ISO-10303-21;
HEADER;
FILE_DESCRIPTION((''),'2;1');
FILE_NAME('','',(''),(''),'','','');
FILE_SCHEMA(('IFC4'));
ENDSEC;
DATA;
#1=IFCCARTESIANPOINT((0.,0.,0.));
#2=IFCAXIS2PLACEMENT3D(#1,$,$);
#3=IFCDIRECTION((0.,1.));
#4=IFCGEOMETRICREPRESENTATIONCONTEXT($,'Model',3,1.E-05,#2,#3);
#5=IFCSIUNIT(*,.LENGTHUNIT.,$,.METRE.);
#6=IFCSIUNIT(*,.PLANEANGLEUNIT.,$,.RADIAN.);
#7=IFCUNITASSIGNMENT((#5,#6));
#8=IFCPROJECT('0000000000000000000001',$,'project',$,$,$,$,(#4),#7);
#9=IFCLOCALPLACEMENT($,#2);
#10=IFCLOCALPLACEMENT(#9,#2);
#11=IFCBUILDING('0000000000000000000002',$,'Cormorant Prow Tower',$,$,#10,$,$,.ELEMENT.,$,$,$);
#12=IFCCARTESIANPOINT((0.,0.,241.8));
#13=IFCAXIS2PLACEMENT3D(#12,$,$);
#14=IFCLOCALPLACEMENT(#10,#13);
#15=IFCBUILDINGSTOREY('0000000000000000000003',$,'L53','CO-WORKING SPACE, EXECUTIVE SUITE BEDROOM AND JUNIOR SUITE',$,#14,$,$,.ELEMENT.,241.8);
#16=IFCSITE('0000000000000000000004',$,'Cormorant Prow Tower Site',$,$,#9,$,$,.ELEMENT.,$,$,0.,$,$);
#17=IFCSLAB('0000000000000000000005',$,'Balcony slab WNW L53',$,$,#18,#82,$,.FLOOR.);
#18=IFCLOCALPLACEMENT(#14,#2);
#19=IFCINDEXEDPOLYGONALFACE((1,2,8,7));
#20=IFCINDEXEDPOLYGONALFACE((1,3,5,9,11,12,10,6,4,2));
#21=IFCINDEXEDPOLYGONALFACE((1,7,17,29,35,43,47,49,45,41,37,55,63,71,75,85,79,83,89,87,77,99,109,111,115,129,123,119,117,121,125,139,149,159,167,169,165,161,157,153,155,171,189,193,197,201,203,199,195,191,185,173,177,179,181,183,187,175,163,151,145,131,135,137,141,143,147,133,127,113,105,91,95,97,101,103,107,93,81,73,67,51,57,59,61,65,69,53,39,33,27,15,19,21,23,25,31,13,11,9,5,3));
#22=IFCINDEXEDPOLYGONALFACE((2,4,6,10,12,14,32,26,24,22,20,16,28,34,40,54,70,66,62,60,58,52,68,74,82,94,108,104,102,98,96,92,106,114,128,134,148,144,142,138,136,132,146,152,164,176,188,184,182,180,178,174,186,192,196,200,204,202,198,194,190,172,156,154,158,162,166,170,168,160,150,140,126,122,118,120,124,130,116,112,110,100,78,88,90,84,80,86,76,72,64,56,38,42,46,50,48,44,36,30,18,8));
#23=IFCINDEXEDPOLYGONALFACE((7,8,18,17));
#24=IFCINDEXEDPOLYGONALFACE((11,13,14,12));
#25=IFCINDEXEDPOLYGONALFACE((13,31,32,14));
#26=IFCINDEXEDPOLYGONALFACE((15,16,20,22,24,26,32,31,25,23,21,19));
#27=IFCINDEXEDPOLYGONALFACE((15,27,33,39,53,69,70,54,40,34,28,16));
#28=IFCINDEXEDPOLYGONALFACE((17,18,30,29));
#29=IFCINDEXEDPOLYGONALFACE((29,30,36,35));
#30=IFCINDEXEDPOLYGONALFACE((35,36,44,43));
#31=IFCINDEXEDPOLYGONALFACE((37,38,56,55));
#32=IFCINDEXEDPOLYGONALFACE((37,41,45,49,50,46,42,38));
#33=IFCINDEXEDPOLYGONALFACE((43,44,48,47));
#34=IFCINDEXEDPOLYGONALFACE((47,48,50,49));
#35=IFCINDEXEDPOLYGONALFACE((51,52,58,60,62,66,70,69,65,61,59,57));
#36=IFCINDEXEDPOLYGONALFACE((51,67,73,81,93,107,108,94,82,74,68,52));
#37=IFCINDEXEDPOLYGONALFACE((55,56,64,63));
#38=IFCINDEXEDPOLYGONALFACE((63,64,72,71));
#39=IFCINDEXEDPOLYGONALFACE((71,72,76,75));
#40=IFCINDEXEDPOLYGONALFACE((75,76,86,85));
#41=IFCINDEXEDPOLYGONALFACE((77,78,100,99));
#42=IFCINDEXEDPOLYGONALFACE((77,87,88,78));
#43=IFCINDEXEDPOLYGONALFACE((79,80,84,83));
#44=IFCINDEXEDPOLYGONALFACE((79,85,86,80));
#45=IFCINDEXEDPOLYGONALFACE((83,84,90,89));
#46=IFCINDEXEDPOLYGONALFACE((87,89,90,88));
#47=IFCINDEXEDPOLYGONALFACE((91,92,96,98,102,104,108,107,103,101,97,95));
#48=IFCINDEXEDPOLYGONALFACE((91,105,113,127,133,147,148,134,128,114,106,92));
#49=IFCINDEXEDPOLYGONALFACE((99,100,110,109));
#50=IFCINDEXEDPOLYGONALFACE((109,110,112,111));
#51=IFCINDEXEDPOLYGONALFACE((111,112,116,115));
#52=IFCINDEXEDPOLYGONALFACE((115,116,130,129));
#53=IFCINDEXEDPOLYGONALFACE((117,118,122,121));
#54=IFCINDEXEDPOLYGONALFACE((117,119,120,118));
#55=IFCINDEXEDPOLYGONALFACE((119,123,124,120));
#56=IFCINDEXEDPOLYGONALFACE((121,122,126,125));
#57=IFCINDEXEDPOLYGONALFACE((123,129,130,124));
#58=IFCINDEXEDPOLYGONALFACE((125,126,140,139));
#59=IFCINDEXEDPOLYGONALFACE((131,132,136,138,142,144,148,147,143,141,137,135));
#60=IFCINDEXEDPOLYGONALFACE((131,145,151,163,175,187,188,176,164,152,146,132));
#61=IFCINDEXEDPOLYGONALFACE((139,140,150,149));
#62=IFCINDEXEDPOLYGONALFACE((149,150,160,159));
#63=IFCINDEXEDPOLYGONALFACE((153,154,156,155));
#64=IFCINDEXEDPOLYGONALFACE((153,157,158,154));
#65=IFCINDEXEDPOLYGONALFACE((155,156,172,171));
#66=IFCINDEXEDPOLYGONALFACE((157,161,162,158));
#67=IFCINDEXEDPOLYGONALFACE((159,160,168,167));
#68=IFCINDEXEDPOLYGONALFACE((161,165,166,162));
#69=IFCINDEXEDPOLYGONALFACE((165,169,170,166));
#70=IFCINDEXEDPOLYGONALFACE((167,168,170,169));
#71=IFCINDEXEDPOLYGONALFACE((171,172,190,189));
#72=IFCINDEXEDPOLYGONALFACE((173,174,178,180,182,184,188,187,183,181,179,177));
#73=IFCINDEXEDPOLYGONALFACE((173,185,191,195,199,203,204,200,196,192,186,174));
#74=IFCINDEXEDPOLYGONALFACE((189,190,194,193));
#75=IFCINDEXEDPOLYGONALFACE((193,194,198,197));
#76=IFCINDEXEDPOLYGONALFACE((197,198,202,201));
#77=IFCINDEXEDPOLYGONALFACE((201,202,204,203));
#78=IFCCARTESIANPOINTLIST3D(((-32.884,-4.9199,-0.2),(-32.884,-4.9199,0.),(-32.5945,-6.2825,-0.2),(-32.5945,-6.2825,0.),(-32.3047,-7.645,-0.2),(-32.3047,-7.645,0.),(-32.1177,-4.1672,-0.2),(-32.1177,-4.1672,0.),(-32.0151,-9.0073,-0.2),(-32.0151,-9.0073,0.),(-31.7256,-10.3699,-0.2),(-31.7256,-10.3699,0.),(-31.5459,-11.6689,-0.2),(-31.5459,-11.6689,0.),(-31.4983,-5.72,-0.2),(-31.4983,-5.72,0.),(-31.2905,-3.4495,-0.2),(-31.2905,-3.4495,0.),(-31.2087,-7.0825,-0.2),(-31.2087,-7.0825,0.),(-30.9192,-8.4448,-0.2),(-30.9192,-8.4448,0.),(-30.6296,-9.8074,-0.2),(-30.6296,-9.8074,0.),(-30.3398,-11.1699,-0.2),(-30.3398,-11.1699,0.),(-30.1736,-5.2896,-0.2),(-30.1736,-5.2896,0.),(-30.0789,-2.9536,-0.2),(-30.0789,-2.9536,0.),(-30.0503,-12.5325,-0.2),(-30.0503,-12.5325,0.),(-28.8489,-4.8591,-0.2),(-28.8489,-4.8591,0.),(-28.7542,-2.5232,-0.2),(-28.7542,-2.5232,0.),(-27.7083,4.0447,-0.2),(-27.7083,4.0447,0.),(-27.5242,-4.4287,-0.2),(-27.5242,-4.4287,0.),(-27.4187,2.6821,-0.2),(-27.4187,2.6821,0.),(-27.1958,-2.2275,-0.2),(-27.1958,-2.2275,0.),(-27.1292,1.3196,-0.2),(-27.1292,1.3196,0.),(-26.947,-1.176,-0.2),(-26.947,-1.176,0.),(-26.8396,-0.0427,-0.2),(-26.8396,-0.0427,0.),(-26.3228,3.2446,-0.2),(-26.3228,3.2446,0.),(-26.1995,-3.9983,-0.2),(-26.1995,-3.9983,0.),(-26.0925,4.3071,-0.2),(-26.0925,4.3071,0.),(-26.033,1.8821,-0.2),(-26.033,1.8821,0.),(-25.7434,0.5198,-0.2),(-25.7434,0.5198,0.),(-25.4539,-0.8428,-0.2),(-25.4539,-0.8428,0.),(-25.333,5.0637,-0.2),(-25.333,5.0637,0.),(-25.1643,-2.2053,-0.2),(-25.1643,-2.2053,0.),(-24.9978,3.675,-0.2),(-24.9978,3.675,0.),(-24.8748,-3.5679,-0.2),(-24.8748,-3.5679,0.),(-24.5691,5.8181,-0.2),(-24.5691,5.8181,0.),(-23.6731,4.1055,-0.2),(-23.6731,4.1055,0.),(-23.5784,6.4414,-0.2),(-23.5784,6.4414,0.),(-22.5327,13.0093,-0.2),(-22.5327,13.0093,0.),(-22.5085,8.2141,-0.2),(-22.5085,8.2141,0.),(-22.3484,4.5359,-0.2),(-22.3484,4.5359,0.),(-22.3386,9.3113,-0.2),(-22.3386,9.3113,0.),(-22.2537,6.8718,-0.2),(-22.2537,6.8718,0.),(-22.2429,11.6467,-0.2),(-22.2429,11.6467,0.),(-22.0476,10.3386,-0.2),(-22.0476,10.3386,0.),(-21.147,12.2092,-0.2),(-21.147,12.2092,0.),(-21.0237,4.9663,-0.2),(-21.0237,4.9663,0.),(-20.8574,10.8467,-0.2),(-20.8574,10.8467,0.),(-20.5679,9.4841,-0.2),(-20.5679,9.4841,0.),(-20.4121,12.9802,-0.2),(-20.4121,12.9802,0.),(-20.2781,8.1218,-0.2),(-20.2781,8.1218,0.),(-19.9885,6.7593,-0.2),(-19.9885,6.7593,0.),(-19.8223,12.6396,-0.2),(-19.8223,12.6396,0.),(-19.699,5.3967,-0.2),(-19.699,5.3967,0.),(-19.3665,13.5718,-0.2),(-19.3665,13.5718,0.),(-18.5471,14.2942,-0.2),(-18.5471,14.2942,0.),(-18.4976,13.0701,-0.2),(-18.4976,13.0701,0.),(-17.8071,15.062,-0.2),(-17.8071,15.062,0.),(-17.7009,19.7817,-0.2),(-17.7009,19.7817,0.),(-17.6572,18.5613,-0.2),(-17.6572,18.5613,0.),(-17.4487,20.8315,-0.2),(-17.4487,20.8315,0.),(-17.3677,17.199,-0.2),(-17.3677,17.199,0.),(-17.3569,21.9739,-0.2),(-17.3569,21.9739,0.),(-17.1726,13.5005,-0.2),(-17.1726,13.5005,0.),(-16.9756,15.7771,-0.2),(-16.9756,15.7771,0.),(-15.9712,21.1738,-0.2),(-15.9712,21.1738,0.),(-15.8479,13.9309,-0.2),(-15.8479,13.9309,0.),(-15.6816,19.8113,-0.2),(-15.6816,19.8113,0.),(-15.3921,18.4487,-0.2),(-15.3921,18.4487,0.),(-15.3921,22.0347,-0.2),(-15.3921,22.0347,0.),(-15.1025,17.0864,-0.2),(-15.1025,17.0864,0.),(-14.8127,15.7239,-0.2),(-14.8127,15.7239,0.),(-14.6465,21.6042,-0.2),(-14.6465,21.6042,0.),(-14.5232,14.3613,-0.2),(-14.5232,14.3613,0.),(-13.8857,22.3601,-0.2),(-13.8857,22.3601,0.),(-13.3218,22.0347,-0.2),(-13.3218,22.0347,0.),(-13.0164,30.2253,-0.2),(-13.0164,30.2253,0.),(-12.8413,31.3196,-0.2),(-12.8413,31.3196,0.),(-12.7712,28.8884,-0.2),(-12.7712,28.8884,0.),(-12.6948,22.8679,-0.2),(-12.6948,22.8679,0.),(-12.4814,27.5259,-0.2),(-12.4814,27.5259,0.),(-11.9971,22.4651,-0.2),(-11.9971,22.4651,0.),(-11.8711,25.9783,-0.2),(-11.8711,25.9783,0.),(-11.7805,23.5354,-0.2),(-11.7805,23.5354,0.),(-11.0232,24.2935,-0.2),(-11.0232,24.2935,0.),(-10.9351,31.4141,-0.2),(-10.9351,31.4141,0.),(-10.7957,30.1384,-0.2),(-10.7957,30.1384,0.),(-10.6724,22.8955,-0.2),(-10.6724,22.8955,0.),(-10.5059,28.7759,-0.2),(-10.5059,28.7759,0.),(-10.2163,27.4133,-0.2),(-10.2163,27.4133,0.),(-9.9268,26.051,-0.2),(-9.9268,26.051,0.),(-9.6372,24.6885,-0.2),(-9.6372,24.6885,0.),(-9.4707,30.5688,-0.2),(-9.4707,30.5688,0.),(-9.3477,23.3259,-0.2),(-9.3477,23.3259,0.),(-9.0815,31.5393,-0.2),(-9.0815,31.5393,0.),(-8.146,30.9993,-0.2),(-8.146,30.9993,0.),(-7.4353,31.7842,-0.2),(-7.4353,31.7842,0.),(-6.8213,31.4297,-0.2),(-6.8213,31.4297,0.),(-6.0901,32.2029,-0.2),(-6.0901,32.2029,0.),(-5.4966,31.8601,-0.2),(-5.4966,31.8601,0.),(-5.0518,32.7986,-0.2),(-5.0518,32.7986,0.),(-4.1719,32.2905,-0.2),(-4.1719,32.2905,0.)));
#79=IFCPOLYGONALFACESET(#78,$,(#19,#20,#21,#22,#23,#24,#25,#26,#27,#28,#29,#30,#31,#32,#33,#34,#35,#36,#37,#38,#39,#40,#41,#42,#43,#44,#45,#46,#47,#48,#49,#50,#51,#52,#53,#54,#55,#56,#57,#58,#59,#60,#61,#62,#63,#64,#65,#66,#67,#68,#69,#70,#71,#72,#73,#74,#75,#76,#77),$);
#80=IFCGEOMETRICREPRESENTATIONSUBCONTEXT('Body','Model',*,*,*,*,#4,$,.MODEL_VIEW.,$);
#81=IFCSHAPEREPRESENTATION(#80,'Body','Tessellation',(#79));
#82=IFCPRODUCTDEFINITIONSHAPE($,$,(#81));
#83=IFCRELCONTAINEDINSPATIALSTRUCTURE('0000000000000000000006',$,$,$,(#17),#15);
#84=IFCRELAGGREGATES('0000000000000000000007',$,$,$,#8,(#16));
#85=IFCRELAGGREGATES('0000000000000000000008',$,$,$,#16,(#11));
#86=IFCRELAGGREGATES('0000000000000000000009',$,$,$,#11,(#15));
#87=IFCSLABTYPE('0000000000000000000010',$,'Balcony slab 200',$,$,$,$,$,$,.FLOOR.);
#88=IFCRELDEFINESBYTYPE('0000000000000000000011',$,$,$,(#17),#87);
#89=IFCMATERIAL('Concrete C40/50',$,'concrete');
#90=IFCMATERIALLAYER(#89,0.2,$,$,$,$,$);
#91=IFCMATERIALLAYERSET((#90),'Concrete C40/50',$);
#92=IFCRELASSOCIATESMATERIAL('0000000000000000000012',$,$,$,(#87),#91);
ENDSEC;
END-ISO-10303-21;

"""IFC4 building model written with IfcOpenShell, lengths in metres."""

from ifc_helpers import new_model, si_unit, direction, frame, origin, place, context, subcontext, project, spatial, polyline, outline, extrude, material, layer, layer_set, type_object, element, save


model = new_model("IFC4")

# Units and contexts
model_context = context("Model", 3, precision=1e-05, world=origin(), true_north=direction((0.0, 1.0)))
body_context = subcontext(model_context, "Body", "Model", "MODEL_VIEW")
ifc_project = project(units=[si_unit("LENGTHUNIT", "METRE"), si_unit("PLANEANGLEUNIT", "RADIAN")], contexts=[model_context])

# Site, building, storey
site_placement = place(None, origin())
site = spatial("IfcSite", under=ifc_project, at=site_placement, Name="Cormorant Prow Tower Site", CompositionType="ELEMENT", RefElevation=0.0)
building_placement = place(site_placement, origin())
building = spatial("IfcBuilding", under=site, at=building_placement, Name="Cormorant Prow Tower", CompositionType="ELEMENT")
storey_placement = place(building_placement, frame((0.0, 0.0, 241.8)))
storey = spatial("IfcBuildingStorey", under=building, at=storey_placement, Name="L53", Description="CO-WORKING SPACE, EXECUTIVE SUITE BEDROOM AND JUNIOR SUITE", CompositionType="ELEMENT", Elevation=241.8)

# Slab
ifc_material_1 = material(Name="Concrete C40/50", Category="concrete")
ifc_layer_1 = layer(ifc_material_1, 0.2)
ifc_layer_set_1 = layer_set([ifc_layer_1], Name="Concrete C40/50")
slab_type_1 = type_object("IfcSlabType", Name="Balcony slab 200", PredefinedType="FLOOR", material=ifc_layer_set_1)
slab_1_placement = place(storey_placement, frame((0.0, 0.0, -0.2)))
element("IfcSlab", 1, at=slab_1_placement, inside=storey, type_object=slab_type_1, Name="Balcony slab WNW L53", PredefinedType="FLOOR", context=body_context, shape_type="SweptSolid", body=[
    extrude(outline(polyline([(-4.1719, 32.2905), (-5.0518, 32.7986), (-6.0901, 32.2029), (-7.4353, 31.7842), (-9.0815, 31.5393), (-10.9351, 31.4141), (-12.8413, 31.3196), (-13.0164, 30.2253), (-12.7712, 28.8884), (-12.4814, 27.5259), (-11.8711, 25.9783), (-11.0232, 24.2935), (-11.7805, 23.5354), (-12.6948, 22.8679), (-13.8857, 22.3601), (-15.3921, 22.0347), (-17.3569, 21.9739), (-17.4487, 20.8315), (-17.7009, 19.7817), (-17.6572, 18.5613), (-17.3677, 17.199), (-16.9756, 15.7771), (-17.8071, 15.062), (-18.5471, 14.2942), (-19.3665, 13.5718), (-20.4121, 12.9802), (-22.5327, 13.0093), (-22.2429, 11.6467), (-22.0476, 10.3386), (-22.3386, 9.3113), (-22.5085, 8.2141), (-22.2537, 6.8718), (-23.5784, 6.4414), (-24.5691, 5.8181), (-25.333, 5.0637), (-26.0925, 4.3071), (-27.7083, 4.0447), (-27.4187, 2.6821), (-27.1292, 1.3196), (-26.8396, -0.0427), (-26.947, -1.176), (-27.1958, -2.2275), (-28.7542, -2.5232), (-30.0789, -2.9536), (-31.2905, -3.4495), (-32.1177, -4.1672), (-32.884, -4.9199), (-32.5945, -6.2825), (-32.3047, -7.645), (-32.0151, -9.0073), (-31.7256, -10.3699), (-31.5459, -11.6689), (-30.0503, -12.5325), (-30.3398, -11.1699), (-30.6296, -9.8074), (-30.9192, -8.4448), (-31.2087, -7.0825), (-31.4983, -5.72), (-30.1736, -5.2896), (-28.8489, -4.8591), (-27.5242, -4.4287), (-26.1995, -3.9983), (-24.8748, -3.5679), (-25.1643, -2.2053), (-25.4539, -0.8428), (-25.7434, 0.5198), (-26.033, 1.8821), (-26.3228, 3.2446), (-24.9978, 3.675), (-23.6731, 4.1055), (-22.3484, 4.5359), (-21.0237, 4.9663), (-19.699, 5.3967), (-19.9885, 6.7593), (-20.2781, 8.1218), (-20.5679, 9.4841), (-20.8574, 10.8467), (-21.147, 12.2092), (-19.8223, 12.6396), (-18.4976, 13.0701), (-17.1726, 13.5005), (-15.8479, 13.9309), (-14.5232, 14.3613), (-14.8127, 15.7239), (-15.1025, 17.0864), (-15.3921, 18.4487), (-15.6816, 19.8113), (-15.9712, 21.1738), (-14.6465, 21.6042), (-13.3218, 22.0347), (-11.9971, 22.4651), (-10.6724, 22.8955), (-9.3477, 23.3259), (-9.6372, 24.6885), (-9.9268, 26.051), (-10.2163, 27.4133), (-10.5059, 28.7759), (-10.7957, 30.1384), (-9.4707, 30.5688), (-8.146, 30.9993), (-6.8213, 31.4297), (-5.4966, 31.8601), (-4.1719, 32.2905)])), origin(), (0.0, 0.0, 1.0), 0.2),
])

save(model, "model.ifc")
